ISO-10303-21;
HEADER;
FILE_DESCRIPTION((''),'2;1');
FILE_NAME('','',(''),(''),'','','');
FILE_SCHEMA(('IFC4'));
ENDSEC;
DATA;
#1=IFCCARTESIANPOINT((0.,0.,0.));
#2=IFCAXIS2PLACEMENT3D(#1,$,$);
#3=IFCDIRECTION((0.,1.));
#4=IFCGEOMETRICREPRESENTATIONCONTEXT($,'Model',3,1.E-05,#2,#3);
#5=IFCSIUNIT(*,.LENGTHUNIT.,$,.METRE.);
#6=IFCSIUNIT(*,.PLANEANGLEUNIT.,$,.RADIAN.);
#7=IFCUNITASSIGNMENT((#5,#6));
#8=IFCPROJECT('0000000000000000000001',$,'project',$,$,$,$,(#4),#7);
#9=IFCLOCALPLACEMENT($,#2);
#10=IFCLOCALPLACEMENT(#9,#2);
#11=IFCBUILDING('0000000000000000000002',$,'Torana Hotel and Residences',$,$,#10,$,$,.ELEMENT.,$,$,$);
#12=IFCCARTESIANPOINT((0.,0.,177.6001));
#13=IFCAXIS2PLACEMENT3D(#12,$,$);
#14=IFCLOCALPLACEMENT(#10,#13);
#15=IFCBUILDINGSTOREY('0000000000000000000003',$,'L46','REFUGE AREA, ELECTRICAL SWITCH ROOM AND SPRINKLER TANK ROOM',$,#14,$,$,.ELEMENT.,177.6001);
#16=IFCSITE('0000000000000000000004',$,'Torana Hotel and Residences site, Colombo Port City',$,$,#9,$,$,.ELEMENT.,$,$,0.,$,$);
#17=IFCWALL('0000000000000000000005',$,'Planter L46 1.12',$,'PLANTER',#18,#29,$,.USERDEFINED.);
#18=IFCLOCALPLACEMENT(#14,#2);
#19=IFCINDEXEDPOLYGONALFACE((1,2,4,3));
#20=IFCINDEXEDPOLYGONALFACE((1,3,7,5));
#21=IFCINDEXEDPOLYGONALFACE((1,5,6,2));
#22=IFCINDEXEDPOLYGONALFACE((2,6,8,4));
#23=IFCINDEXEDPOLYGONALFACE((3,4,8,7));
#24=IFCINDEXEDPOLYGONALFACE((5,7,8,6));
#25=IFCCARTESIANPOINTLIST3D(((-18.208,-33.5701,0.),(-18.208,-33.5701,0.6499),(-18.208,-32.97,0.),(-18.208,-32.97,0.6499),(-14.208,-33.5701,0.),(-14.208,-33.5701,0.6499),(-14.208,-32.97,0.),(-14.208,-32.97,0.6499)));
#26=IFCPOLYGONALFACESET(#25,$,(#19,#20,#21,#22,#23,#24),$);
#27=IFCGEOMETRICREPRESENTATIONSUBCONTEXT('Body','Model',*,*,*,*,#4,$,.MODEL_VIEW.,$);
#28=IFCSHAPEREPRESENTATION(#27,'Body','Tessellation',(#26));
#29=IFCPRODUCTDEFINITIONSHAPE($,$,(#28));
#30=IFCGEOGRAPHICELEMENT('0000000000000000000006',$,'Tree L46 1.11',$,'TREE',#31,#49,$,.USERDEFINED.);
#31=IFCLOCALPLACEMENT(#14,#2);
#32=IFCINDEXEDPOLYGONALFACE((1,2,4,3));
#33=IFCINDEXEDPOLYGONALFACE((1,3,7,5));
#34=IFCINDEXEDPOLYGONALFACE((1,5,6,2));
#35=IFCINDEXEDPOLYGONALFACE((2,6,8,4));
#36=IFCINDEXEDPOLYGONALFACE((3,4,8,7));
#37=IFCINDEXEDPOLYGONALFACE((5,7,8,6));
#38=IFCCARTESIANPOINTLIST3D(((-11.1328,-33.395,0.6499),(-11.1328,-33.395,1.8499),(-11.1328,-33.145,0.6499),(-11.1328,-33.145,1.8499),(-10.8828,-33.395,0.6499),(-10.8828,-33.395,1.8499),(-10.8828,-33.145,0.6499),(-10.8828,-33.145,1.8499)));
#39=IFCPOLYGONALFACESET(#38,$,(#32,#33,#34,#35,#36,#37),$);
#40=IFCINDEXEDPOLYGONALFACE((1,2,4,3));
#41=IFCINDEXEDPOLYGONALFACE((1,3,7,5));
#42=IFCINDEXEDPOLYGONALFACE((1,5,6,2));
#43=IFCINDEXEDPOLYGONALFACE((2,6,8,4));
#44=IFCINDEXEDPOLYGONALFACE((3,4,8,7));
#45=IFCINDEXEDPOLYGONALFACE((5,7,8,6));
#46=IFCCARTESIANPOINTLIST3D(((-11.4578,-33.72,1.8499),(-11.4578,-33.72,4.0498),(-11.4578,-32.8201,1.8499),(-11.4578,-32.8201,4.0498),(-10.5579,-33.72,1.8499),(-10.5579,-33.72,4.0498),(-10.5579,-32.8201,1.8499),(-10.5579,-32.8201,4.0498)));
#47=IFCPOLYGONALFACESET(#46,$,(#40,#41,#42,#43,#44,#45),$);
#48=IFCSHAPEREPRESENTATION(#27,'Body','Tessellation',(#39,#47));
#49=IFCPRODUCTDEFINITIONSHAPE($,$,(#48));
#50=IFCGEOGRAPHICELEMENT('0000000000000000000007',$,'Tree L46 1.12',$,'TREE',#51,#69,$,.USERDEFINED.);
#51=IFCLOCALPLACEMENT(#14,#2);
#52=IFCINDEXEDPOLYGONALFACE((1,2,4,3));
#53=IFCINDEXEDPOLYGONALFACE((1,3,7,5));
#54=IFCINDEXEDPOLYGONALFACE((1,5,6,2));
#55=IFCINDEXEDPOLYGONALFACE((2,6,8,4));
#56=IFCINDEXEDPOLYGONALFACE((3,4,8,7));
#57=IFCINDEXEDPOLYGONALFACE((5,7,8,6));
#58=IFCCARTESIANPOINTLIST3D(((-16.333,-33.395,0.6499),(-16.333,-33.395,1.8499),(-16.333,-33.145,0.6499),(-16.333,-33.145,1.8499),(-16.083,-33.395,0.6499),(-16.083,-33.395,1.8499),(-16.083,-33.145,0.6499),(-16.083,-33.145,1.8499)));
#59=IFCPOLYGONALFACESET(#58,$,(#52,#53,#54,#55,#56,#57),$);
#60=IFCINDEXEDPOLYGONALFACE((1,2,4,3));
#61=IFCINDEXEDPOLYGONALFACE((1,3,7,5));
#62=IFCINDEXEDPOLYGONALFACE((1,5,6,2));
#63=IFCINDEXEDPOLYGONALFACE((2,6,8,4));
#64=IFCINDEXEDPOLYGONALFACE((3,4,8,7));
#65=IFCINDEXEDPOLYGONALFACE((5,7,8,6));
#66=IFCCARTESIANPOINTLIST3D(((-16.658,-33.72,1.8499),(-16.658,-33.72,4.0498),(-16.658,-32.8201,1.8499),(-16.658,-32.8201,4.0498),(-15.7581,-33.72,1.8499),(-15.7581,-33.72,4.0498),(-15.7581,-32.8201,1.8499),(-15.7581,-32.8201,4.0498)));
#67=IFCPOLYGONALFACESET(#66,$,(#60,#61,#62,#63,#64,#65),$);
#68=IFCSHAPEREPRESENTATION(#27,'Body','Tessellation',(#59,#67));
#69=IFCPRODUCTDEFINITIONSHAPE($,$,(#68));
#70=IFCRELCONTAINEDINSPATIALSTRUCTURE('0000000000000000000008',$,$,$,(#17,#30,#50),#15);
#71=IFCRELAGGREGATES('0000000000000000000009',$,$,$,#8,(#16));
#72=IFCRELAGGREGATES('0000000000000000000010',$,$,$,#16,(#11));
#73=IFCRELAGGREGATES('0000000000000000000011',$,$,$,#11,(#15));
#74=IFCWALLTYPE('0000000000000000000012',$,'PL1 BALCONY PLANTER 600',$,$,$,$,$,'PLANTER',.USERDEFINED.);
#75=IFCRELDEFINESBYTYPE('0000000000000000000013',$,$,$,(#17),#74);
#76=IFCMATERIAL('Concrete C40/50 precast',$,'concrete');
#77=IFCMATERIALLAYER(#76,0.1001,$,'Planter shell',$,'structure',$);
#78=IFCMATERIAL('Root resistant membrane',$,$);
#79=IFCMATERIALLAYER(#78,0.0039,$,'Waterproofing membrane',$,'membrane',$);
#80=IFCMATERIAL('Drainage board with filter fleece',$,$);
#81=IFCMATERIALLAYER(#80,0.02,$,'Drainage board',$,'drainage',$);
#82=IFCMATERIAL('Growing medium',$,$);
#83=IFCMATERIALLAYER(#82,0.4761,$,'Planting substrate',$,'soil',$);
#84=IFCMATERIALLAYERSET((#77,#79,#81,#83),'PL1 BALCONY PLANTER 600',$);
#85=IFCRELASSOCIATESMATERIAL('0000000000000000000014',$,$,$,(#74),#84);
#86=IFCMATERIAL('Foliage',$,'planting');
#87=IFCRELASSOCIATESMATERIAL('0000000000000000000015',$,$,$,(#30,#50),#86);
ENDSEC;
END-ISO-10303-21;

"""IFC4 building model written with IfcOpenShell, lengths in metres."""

from ifc_helpers import new_model, si_unit, direction, frame, frame_2d, origin, origin_2d, place, context, subcontext, project, spatial, rectangle, extrude, material, layer, layer_set, type_object, element, save


model = new_model("IFC4")

# Units and contexts
model_context = context("Model", 3, precision=1e-05, world=origin(), true_north=direction((0.0, 1.0)))
body_context = subcontext(model_context, "Body", "Model", "MODEL_VIEW")
ifc_project = project(units=[si_unit("LENGTHUNIT", "METRE"), si_unit("PLANEANGLEUNIT", "RADIAN")], contexts=[model_context])

# Site, building, storey
site_placement = place(None, origin())
site = spatial("IfcSite", under=ifc_project, at=site_placement, Name="Torana Hotel and Residences site, Colombo Port City", CompositionType="ELEMENT", RefElevation=0.0)
building_placement = place(site_placement, origin())
building = spatial("IfcBuilding", under=site, at=building_placement, Name="Torana Hotel and Residences", CompositionType="ELEMENT")
storey_placement = place(building_placement, frame((0.0, 0.0, 177.6001)))
storey = spatial("IfcBuildingStorey", under=building, at=storey_placement, Name="L46", Description="REFUGE AREA, ELECTRICAL SWITCH ROOM AND SPRINKLER TANK ROOM", CompositionType="ELEMENT", Elevation=177.6001)

# Wall
ifc_material_1 = material(Name="Concrete C40/50 precast", Category="concrete")
ifc_layer_1 = layer(ifc_material_1, 0.1001, Name="Planter shell", Category="structure")
ifc_material_2 = material(Name="Root resistant membrane")
ifc_layer_2 = layer(ifc_material_2, 0.0039, Name="Waterproofing membrane", Category="membrane")
ifc_material_3 = material(Name="Drainage board with filter fleece")
ifc_layer_3 = layer(ifc_material_3, 0.02, Name="Drainage board", Category="drainage")
ifc_material_4 = material(Name="Growing medium")
ifc_layer_4 = layer(ifc_material_4, 0.4761, Name="Planting substrate", Category="soil")
ifc_layer_set_1 = layer_set([ifc_layer_1, ifc_layer_2, ifc_layer_3, ifc_layer_4], Name="PL1 BALCONY PLANTER 600")
wall_type = type_object("IfcWallType", Name="PL1 BALCONY PLANTER 600", ElementType="PLANTER", PredefinedType="USERDEFINED", material=ifc_layer_set_1)
wall_placement = place(storey_placement, frame((-14.208, -33.27, 0.0), z_axis=(0.0, 0.0, 1.0), x_axis=(-1.0, 0.0, 0.0)))
element("IfcWall", 1, at=wall_placement, inside=storey, type_object=wall_type, Name="Planter L46 1.12", ObjectType="PLANTER", PredefinedType="USERDEFINED", context=body_context, shape_type="SweptSolid", body=[
    extrude(rectangle(XDim=4.0, YDim=0.6001, at=frame_2d((2.0, 0.0))), origin(), (0.0, 0.0, 1.0), 0.6499),
])

# Geographic elements
ifc_material_5 = material(Name="Foliage", Category="planting")
for number, where, z_axis, x_axis, name in (
    (2, (-11.0078, -33.27, 0.6499), (0.0, 0.0, 1.0), (1.0, 0.0, 0.0), "Tree L46 1.11"),
    (3, (-16.208, -33.27, 0.6499), (0.0, 0.0, 1.0), (1.0, 0.0, 0.0), "Tree L46 1.12"),
):
    element("IfcGeographicElement", number, at=place(storey_placement, frame(where, z_axis=z_axis, x_axis=x_axis)), inside=storey, material=ifc_material_5, Name=name, ObjectType="TREE", PredefinedType="USERDEFINED", context=body_context, shape_type="SweptSolid", body=[
        extrude(rectangle(XDim=0.25, YDim=0.25, at=origin_2d()), origin(), (0.0, 0.0, 1.0), 1.2),
        extrude(rectangle(XDim=0.8999, YDim=0.8999, at=origin_2d()), frame((0.0, 0.0, 1.2)), (0.0, 0.0, 1.0), 2.2),
    ])

save(model, "model.ifc")
